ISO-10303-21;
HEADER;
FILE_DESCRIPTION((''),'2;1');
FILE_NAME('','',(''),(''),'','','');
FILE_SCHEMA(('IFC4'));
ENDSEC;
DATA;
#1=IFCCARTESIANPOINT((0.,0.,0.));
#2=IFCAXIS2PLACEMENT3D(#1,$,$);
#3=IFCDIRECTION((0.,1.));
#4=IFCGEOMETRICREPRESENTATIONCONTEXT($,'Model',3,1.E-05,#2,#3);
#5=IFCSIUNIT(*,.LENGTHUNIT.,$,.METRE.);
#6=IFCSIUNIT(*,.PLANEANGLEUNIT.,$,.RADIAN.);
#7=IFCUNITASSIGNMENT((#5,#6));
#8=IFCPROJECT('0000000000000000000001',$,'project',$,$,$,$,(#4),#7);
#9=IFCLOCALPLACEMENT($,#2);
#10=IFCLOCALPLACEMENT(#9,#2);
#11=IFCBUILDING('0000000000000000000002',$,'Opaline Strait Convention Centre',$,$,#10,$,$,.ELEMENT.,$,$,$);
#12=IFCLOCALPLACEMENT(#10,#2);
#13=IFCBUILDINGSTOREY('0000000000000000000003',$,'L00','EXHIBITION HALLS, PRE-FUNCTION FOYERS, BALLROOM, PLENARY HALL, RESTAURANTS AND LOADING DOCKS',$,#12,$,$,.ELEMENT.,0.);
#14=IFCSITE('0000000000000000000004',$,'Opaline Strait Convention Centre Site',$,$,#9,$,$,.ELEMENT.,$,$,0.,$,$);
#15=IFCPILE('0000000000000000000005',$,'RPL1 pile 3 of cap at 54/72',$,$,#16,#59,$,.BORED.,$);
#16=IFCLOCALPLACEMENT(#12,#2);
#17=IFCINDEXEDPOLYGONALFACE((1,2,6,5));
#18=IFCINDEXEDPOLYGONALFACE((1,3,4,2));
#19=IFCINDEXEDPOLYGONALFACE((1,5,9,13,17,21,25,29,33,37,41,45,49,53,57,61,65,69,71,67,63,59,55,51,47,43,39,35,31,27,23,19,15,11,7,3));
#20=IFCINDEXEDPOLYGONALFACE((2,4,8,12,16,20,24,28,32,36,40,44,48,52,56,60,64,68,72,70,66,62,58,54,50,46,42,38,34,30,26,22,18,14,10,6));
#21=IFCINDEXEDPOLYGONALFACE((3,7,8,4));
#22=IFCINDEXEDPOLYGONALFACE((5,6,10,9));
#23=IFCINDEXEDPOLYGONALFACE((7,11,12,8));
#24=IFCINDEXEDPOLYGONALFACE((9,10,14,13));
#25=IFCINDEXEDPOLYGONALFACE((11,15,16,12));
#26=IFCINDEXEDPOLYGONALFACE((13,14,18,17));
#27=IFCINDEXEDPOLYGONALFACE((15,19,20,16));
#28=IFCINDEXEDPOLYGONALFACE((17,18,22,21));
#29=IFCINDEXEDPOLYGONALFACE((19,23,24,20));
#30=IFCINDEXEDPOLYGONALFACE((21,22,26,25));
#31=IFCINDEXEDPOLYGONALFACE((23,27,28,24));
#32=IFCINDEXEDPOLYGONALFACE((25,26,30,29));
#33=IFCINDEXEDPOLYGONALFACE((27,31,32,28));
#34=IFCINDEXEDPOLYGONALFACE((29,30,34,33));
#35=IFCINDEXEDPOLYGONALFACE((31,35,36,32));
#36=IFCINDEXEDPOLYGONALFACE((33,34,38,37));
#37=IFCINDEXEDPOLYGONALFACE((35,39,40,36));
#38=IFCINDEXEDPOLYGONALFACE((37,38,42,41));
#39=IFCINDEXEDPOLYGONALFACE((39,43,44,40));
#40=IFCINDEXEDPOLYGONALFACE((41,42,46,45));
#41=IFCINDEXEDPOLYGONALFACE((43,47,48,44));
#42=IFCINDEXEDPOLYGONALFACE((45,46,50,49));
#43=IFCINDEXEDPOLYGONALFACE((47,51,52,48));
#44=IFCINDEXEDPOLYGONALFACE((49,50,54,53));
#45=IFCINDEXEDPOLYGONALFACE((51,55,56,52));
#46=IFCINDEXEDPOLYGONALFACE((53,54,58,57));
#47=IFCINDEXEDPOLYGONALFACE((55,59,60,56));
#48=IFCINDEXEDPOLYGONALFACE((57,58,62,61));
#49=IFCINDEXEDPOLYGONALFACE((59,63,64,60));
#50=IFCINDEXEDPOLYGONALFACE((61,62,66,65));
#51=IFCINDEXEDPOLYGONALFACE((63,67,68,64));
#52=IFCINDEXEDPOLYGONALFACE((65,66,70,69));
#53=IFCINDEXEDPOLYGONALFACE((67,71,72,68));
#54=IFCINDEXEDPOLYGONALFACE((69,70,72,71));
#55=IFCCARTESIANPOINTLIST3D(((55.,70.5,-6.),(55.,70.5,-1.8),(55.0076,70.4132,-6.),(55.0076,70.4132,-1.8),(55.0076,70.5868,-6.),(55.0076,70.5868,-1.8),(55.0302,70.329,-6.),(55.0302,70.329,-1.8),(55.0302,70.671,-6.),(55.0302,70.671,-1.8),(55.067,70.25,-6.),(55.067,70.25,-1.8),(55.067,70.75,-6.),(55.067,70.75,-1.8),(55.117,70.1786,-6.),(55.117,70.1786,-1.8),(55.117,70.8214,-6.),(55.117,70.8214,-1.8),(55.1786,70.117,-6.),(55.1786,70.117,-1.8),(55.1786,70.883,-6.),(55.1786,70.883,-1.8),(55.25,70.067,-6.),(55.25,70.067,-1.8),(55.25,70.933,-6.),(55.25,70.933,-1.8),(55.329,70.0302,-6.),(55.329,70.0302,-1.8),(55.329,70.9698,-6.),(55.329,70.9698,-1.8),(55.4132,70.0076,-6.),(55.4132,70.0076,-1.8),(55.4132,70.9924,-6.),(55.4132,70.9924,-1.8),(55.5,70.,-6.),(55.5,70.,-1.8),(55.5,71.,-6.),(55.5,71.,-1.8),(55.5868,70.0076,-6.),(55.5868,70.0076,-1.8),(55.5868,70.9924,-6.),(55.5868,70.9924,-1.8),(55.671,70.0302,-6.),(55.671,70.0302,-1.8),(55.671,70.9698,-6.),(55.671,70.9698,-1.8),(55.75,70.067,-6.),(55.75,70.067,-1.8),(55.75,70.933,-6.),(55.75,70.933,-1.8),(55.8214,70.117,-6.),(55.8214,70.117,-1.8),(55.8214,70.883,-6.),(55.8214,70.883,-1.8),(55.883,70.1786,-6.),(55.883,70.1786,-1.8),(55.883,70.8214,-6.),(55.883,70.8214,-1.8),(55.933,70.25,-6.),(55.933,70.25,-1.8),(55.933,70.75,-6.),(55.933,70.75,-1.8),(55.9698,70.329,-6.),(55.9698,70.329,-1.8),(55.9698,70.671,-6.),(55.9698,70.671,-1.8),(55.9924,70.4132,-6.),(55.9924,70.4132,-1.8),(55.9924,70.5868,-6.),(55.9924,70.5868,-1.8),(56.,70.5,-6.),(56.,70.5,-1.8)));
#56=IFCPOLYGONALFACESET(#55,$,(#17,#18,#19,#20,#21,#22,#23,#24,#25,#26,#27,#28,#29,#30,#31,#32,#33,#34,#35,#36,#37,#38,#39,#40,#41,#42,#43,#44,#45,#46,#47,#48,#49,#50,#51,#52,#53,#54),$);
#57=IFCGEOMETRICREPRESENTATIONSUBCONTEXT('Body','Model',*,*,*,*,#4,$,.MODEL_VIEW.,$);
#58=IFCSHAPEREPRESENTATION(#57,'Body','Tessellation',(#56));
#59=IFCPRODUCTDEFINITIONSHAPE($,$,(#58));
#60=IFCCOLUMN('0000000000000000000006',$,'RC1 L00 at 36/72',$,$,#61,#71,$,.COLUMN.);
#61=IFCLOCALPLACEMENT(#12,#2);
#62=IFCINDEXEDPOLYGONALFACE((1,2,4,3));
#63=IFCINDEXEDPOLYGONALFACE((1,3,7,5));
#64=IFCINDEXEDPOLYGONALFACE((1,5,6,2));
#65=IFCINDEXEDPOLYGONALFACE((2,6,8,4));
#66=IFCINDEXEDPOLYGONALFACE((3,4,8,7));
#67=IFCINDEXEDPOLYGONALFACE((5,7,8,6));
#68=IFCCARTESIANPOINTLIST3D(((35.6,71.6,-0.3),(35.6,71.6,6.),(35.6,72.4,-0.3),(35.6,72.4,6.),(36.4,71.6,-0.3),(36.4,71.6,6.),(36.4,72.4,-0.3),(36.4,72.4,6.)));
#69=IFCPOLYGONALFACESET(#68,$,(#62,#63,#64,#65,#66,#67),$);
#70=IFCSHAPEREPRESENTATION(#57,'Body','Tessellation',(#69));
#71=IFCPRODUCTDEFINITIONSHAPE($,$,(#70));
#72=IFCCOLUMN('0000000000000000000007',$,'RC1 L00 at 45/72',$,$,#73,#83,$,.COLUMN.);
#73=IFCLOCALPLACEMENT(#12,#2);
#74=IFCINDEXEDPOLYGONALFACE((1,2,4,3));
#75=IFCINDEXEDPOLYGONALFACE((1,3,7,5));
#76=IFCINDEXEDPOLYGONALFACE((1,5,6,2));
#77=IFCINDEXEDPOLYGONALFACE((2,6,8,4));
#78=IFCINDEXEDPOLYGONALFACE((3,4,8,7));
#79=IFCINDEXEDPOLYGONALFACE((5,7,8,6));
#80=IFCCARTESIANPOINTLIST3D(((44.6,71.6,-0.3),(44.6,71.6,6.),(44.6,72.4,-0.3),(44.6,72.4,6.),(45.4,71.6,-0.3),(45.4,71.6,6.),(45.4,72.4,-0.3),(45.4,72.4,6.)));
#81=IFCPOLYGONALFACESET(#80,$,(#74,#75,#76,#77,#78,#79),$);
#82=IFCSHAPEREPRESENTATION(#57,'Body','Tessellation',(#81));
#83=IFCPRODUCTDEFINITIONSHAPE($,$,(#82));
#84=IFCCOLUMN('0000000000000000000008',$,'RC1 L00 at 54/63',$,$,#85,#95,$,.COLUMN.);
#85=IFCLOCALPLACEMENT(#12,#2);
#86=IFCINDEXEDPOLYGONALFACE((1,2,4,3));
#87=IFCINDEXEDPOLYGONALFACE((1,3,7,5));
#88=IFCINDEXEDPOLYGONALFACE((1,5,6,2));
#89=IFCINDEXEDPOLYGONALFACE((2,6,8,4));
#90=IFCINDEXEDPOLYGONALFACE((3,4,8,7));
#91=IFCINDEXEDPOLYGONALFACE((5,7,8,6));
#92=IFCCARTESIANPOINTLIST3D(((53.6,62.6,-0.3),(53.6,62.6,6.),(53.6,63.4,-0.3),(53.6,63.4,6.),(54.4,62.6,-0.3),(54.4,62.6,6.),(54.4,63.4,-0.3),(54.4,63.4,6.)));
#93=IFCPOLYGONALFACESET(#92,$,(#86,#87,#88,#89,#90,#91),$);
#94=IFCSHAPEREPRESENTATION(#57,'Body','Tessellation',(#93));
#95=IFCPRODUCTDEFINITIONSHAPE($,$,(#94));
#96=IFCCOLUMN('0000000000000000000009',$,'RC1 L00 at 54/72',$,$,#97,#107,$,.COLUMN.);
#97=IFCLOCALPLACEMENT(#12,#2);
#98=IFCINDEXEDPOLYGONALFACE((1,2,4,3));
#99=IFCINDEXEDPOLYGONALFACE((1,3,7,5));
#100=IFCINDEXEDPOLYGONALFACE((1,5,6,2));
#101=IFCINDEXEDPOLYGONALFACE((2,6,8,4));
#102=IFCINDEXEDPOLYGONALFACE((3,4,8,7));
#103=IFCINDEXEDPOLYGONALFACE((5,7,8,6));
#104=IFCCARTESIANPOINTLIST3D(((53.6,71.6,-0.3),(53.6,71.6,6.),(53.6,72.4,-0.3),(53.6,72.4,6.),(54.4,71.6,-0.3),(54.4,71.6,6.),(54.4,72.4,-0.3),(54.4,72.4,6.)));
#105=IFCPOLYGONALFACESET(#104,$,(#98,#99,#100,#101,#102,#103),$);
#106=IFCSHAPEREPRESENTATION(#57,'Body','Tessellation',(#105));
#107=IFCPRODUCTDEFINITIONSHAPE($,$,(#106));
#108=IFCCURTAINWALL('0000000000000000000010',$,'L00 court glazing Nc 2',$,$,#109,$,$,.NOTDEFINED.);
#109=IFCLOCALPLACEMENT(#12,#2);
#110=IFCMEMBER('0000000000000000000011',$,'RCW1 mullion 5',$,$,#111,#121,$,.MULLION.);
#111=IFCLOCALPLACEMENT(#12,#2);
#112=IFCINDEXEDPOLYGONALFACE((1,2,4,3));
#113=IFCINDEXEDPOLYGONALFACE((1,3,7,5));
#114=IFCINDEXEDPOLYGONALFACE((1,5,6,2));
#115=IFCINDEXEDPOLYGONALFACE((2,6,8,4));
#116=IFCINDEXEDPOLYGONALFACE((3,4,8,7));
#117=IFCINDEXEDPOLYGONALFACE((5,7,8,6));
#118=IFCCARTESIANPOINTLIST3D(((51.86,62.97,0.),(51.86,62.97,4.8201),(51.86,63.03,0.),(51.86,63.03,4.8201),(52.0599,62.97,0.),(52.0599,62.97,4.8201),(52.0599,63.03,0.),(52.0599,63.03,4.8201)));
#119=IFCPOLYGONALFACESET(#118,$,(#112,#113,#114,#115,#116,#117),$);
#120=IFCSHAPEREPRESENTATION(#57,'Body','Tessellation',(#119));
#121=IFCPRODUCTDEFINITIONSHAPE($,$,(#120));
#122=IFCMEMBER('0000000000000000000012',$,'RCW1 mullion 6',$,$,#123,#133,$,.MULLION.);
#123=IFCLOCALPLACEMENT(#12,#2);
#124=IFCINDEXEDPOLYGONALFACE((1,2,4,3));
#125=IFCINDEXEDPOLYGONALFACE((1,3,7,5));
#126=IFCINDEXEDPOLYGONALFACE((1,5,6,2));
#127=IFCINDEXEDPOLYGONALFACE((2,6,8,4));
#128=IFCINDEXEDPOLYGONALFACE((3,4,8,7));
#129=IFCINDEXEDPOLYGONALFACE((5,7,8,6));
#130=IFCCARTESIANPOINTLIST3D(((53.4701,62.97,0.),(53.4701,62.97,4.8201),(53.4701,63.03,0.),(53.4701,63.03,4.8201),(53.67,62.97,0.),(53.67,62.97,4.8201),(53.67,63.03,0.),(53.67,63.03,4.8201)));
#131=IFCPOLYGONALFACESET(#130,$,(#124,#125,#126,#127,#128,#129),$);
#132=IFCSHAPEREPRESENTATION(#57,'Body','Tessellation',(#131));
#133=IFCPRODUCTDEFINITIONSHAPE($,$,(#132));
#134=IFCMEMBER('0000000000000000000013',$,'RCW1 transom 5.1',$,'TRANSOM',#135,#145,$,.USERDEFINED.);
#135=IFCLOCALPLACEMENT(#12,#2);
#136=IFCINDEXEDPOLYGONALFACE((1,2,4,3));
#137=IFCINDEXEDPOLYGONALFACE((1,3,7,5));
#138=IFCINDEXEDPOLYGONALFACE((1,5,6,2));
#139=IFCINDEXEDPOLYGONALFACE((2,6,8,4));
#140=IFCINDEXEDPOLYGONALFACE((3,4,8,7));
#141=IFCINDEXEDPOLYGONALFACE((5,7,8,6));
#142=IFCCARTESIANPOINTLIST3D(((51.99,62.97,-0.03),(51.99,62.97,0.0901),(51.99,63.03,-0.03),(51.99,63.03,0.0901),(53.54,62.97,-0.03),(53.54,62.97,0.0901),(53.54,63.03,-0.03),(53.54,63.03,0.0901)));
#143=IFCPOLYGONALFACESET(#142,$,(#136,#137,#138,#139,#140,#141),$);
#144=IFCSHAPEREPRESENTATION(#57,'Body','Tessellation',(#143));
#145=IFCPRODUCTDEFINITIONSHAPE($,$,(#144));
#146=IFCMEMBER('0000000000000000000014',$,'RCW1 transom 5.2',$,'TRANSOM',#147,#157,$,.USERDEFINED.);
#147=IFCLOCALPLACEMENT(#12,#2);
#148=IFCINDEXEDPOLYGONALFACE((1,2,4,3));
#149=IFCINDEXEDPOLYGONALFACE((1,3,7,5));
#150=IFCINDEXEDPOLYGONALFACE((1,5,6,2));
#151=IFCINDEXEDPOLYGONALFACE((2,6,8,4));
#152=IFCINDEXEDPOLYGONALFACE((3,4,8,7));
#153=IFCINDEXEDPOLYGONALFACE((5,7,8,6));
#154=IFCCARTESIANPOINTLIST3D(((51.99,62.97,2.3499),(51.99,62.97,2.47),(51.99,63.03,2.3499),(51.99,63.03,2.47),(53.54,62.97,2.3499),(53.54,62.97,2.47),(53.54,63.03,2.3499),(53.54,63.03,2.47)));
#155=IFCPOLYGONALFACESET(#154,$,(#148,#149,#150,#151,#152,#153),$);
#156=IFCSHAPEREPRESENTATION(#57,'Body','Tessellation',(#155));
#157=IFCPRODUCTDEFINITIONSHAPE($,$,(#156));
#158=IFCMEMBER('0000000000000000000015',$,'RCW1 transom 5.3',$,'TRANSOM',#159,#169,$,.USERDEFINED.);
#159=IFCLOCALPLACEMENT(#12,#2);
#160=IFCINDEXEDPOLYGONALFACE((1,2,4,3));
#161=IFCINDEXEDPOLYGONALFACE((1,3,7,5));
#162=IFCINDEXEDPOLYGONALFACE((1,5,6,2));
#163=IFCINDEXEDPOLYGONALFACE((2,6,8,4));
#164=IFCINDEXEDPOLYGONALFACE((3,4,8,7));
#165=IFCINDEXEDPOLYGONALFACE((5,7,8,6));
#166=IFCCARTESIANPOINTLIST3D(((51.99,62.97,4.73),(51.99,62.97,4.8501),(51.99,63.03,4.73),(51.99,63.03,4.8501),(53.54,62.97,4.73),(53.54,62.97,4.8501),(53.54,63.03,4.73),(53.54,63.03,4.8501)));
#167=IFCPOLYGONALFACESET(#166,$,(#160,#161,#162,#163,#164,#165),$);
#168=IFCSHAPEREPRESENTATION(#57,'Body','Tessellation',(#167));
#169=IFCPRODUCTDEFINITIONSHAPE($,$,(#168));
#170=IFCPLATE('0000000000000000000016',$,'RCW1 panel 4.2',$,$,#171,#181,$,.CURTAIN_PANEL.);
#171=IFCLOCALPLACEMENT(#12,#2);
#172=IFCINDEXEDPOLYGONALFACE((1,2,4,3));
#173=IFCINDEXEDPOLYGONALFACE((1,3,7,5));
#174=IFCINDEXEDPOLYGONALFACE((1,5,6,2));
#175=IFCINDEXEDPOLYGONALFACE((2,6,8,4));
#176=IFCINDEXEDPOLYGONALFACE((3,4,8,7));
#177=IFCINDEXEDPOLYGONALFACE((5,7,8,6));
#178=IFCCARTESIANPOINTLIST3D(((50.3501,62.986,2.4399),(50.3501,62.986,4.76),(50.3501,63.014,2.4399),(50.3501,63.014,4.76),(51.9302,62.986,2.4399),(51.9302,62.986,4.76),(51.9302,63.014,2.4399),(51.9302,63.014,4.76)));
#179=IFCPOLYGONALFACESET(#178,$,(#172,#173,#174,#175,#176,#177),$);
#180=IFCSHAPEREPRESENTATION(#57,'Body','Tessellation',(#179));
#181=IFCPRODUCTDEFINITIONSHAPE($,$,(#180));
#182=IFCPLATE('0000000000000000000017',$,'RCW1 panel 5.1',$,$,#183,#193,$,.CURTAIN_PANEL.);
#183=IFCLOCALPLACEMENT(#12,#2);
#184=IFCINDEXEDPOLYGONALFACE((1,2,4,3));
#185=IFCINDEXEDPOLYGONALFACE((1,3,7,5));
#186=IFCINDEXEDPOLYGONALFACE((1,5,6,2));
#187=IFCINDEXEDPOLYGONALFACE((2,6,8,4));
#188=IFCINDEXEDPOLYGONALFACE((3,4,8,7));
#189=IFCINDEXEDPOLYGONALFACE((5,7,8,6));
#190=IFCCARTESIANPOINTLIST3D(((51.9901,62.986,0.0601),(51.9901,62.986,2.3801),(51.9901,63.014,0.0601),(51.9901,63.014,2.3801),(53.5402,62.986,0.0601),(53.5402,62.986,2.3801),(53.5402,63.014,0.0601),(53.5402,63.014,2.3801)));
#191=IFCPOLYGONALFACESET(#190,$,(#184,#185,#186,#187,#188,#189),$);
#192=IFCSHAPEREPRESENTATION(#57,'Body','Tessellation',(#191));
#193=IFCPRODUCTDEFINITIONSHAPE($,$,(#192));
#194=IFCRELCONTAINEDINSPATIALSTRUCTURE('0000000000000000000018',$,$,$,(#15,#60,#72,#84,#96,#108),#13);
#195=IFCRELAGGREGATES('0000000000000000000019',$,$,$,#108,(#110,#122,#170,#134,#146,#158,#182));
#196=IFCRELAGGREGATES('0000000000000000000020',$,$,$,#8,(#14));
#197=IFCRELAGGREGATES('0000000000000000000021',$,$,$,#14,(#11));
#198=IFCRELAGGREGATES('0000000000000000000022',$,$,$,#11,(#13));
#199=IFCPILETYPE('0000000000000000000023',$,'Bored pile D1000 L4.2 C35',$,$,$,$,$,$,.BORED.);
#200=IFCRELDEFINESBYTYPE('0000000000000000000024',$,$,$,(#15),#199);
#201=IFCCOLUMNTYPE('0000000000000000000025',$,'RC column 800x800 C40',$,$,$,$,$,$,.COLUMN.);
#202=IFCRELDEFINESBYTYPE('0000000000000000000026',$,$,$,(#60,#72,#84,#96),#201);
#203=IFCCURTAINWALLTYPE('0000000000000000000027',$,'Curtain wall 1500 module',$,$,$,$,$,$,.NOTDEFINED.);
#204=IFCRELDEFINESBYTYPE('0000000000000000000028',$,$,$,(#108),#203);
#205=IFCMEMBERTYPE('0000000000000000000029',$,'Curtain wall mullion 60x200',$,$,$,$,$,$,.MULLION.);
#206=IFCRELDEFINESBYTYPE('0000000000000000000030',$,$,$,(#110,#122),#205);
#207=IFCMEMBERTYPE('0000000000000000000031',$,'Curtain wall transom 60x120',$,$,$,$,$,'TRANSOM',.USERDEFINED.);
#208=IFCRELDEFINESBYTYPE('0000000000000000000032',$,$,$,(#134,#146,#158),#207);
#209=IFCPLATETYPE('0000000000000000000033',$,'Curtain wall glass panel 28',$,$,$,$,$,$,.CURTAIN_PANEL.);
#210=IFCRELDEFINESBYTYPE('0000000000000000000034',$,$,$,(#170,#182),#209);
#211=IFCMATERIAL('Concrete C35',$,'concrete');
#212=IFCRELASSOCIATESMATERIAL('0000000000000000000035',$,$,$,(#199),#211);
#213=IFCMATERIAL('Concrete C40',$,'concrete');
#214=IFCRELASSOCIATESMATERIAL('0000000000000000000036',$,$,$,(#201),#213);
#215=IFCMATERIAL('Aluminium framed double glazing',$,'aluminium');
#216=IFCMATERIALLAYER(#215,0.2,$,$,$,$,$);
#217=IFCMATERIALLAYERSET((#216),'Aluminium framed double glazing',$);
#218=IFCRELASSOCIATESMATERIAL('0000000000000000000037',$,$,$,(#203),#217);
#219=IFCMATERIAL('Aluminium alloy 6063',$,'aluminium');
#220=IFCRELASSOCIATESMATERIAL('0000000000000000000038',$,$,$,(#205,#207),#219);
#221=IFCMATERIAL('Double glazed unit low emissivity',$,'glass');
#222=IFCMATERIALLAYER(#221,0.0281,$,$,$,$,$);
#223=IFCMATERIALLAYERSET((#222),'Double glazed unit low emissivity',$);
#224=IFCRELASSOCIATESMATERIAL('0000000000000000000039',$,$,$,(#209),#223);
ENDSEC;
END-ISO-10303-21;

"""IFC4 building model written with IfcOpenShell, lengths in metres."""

from ifc_helpers import new_model, si_unit, direction, frame, origin, origin_2d, place, context, subcontext, project, spatial, rectangle, circle, extrude, material, layer, layer_set, material_profile, profile_set, type_object, element, aggregate, save


model = new_model("IFC4")

# Units and contexts
model_context = context("Model", 3, precision=1e-05, world=origin(), true_north=direction((0.0, 1.0)))
body_context = subcontext(model_context, "Body", "Model", "MODEL_VIEW")
ifc_project = project(units=[si_unit("LENGTHUNIT", "METRE"), si_unit("PLANEANGLEUNIT", "RADIAN")], contexts=[model_context])

# Site, building, storey
site_placement = place(None, origin())
site = spatial("IfcSite", under=ifc_project, at=site_placement, Name="Opaline Strait Convention Centre Site", CompositionType="ELEMENT", RefElevation=0.0)
building_placement = place(site_placement, origin())
building = spatial("IfcBuilding", under=site, at=building_placement, Name="Opaline Strait Convention Centre", CompositionType="ELEMENT")
storey_placement = place(building_placement, origin())
storey = spatial("IfcBuildingStorey", under=building, at=storey_placement, Name="L00", Description="EXHIBITION HALLS, PRE-FUNCTION FOYERS, BALLROOM, PLENARY HALL, RESTAURANTS AND LOADING DOCKS", CompositionType="ELEMENT", Elevation=0.0)

# Pile
ifc_material_1 = material(Name="Concrete C35", Category="concrete")
ifc_material_profile_1 = material_profile(ifc_material_1, circle(Radius=0.5, at=origin_2d()), Name="D1000")
ifc_profile_set_1 = profile_set([ifc_material_profile_1], Name="Concrete C35")
pile_type = type_object("IfcPileType", Name="Bored pile D1000 L4.2 C35", PredefinedType="BORED", material=ifc_profile_set_1)
for number, where, z_axis, x_axis, name in (
    (1, (55.5, 70.5, -1.8), (0.0, 0.0, -1.0), (1.0, 0.0, 0.0), "RPL1 pile 3 of cap at 54/72"),
):
    element("IfcPile", number, at=place(storey_placement, frame(where, z_axis=z_axis, x_axis=x_axis)), inside=storey, type_object=pile_type, Name=name, PredefinedType="BORED", context=body_context, shape_type="SweptSolid", body=[
        extrude(circle(Radius=0.5, at=origin_2d()), origin(), (0.0, 0.0, 1.0), 4.2),
    ])

# Columns
ifc_material_2 = material(Name="Concrete C40", Category="concrete")
ifc_material_profile_2 = material_profile(ifc_material_2, rectangle(XDim=0.8, YDim=0.8, at=origin_2d()), Name="RC 800x800")
ifc_profile_set_2 = profile_set([ifc_material_profile_2], Name="Concrete C40")
column_type = type_object("IfcColumnType", Name="RC column 800x800 C40", PredefinedType="COLUMN", material=ifc_profile_set_2)
for number, where, z_axis, x_axis, name in (
    (2, (36.0, 72.0, -0.3), (0.0, 0.0, 1.0), (1.0, 0.0, 0.0), "RC1 L00 at 36/72"),
    (3, (45.0, 72.0, -0.3), (0.0, 0.0, 1.0), (1.0, 0.0, 0.0), "RC1 L00 at 45/72"),
    (4, (54.0, 63.0, -0.3), (0.0, 0.0, 1.0), (1.0, 0.0, 0.0), "RC1 L00 at 54/63"),
    (5, (54.0, 72.0, -0.3), (0.0, 0.0, 1.0), (1.0, 0.0, 0.0), "RC1 L00 at 54/72"),
):
    element("IfcColumn", number, at=place(storey_placement, frame(where, z_axis=z_axis, x_axis=x_axis)), inside=storey, type_object=column_type, Name=name, PredefinedType="COLUMN", context=body_context, shape_type="SweptSolid", body=[
        extrude(rectangle(XDim=0.8, YDim=0.8, at=origin_2d()), origin(), (0.0, 0.0, 1.0), 6.3),
    ])

# Curtain wall, members, plates
ifc_material_3 = material(Name="Aluminium framed double glazing", Category="aluminium")
ifc_layer_1 = layer(ifc_material_3, 0.2)
ifc_layer_set_1 = layer_set([ifc_layer_1], Name="Aluminium framed double glazing")
curtain_wall_type = type_object("IfcCurtainWallType", Name="Curtain wall 1500 module", PredefinedType="NOTDEFINED", material=ifc_layer_set_1)
curtain_wall_placement = place(storey_placement, origin())
curtain_wall = element("IfcCurtainWall", 6, at=curtain_wall_placement, inside=storey, type_object=curtain_wall_type, Name="L00 court glazing Nc 2", PredefinedType="NOTDEFINED")
ifc_material_4 = material(Name="Aluminium alloy 6063", Category="aluminium")
ifc_material_profile_3 = material_profile(ifc_material_4, rectangle(XDim=0.0601, YDim=0.2, at=origin_2d()), Name="Curtain wall mullion 60x200")
ifc_profile_set_3 = profile_set([ifc_material_profile_3], Name="Aluminium alloy 6063")
member_type_1 = type_object("IfcMemberType", Name="Curtain wall mullion 60x200", PredefinedType="MULLION", material=ifc_profile_set_3)
member_1_placement = place(storey_placement, frame((51.96, 63.0, 0.0), z_axis=(0.0, 0.0, 1.0), x_axis=(0.0, 1.0, 0.0)))
member_1 = element("IfcMember", 7, at=member_1_placement, type_object=member_type_1, Name="RCW1 mullion 5", PredefinedType="MULLION", context=body_context, shape_type="SweptSolid", body=[
    extrude(rectangle(XDim=0.0601, YDim=0.2, at=origin_2d()), origin(), (0.0, 0.0, 1.0), 4.8201),
])
member_2_placement = place(storey_placement, frame((53.5701, 63.0, 0.0), z_axis=(0.0, 0.0, 1.0), x_axis=(0.0, 1.0, 0.0)))
member_2 = element("IfcMember", 8, at=member_2_placement, type_object=member_type_1, Name="RCW1 mullion 6", PredefinedType="MULLION", context=body_context, shape_type="SweptSolid", body=[
    extrude(rectangle(XDim=0.0601, YDim=0.2, at=origin_2d()), origin(), (0.0, 0.0, 1.0), 4.8201),
])
ifc_material_profile_4 = material_profile(ifc_material_4, rectangle(XDim=0.0601, YDim=0.1201, at=origin_2d()), Name="Curtain wall transom 60x120")
ifc_profile_set_4 = profile_set([ifc_material_profile_4], Name="Aluminium alloy 6063")
member_type_2 = type_object("IfcMemberType", Name="Curtain wall transom 60x120", ElementType="TRANSOM", PredefinedType="USERDEFINED", material=ifc_profile_set_4)
member_3_placement = place(storey_placement, frame((51.99, 63.0, 0.03), z_axis=(1.0, 0.0, 0.0), x_axis=(0.0, 1.0, 0.0)))
member_3 = element("IfcMember", 9, at=member_3_placement, type_object=member_type_2, Name="RCW1 transom 5.1", ObjectType="TRANSOM", PredefinedType="USERDEFINED", context=body_context, shape_type="SweptSolid", body=[
    extrude(rectangle(XDim=0.0601, YDim=0.1201, at=origin_2d()), origin(), (0.0, 0.0, 1.0), 1.55),
])
member_4_placement = place(storey_placement, frame((51.99, 63.0, 2.4099), z_axis=(1.0, 0.0, 0.0), x_axis=(0.0, 1.0, 0.0)))
member_4 = element("IfcMember", 10, at=member_4_placement, type_object=member_type_2, Name="RCW1 transom 5.2", ObjectType="TRANSOM", PredefinedType="USERDEFINED", context=body_context, shape_type="SweptSolid", body=[
    extrude(rectangle(XDim=0.0601, YDim=0.1201, at=origin_2d()), origin(), (0.0, 0.0, 1.0), 1.55),
])
member_5_placement = place(storey_placement, frame((51.99, 63.0, 4.79), z_axis=(1.0, 0.0, 0.0), x_axis=(0.0, 1.0, 0.0)))
member_5 = element("IfcMember", 11, at=member_5_placement, type_object=member_type_2, Name="RCW1 transom 5.3", ObjectType="TRANSOM", PredefinedType="USERDEFINED", context=body_context, shape_type="SweptSolid", body=[
    extrude(rectangle(XDim=0.0601, YDim=0.1201, at=origin_2d()), origin(), (0.0, 0.0, 1.0), 1.55),
])
ifc_material_5 = material(Name="Double glazed unit low emissivity", Category="glass")
ifc_layer_2 = layer(ifc_material_5, 0.0281)
ifc_layer_set_2 = layer_set([ifc_layer_2], Name="Double glazed unit low emissivity")
plate_type = type_object("IfcPlateType", Name="Curtain wall glass panel 28", PredefinedType="CURTAIN_PANEL", material=ifc_layer_set_2)
plate_1_placement = place(storey_placement, frame((51.1401, 63.0, 2.4399), z_axis=(0.0, 0.0, 1.0), x_axis=(1.0, 0.0, 0.0)))
plate_1 = element("IfcPlate", 12, at=plate_1_placement, type_object=plate_type, Name="RCW1 panel 4.2", PredefinedType="CURTAIN_PANEL", context=body_context, shape_type="SweptSolid", body=[
    extrude(rectangle(XDim=1.5801, YDim=0.0281, at=origin_2d()), origin(), (0.0, 0.0, 1.0), 2.3201),
])
plate_2_placement = place(storey_placement, frame((52.7651, 63.0, 0.0601), z_axis=(0.0, 0.0, 1.0), x_axis=(1.0, 0.0, 0.0)))
plate_2 = element("IfcPlate", 13, at=plate_2_placement, type_object=plate_type, Name="RCW1 panel 5.1", PredefinedType="CURTAIN_PANEL", context=body_context, shape_type="SweptSolid", body=[
    extrude(rectangle(XDim=1.55, YDim=0.0281, at=origin_2d()), origin(), (0.0, 0.0, 1.0), 2.3201),
])
aggregate(curtain_wall, [member_1, member_2, plate_1, member_3, member_4, member_5, plate_2])

save(model, "model.ifc")
